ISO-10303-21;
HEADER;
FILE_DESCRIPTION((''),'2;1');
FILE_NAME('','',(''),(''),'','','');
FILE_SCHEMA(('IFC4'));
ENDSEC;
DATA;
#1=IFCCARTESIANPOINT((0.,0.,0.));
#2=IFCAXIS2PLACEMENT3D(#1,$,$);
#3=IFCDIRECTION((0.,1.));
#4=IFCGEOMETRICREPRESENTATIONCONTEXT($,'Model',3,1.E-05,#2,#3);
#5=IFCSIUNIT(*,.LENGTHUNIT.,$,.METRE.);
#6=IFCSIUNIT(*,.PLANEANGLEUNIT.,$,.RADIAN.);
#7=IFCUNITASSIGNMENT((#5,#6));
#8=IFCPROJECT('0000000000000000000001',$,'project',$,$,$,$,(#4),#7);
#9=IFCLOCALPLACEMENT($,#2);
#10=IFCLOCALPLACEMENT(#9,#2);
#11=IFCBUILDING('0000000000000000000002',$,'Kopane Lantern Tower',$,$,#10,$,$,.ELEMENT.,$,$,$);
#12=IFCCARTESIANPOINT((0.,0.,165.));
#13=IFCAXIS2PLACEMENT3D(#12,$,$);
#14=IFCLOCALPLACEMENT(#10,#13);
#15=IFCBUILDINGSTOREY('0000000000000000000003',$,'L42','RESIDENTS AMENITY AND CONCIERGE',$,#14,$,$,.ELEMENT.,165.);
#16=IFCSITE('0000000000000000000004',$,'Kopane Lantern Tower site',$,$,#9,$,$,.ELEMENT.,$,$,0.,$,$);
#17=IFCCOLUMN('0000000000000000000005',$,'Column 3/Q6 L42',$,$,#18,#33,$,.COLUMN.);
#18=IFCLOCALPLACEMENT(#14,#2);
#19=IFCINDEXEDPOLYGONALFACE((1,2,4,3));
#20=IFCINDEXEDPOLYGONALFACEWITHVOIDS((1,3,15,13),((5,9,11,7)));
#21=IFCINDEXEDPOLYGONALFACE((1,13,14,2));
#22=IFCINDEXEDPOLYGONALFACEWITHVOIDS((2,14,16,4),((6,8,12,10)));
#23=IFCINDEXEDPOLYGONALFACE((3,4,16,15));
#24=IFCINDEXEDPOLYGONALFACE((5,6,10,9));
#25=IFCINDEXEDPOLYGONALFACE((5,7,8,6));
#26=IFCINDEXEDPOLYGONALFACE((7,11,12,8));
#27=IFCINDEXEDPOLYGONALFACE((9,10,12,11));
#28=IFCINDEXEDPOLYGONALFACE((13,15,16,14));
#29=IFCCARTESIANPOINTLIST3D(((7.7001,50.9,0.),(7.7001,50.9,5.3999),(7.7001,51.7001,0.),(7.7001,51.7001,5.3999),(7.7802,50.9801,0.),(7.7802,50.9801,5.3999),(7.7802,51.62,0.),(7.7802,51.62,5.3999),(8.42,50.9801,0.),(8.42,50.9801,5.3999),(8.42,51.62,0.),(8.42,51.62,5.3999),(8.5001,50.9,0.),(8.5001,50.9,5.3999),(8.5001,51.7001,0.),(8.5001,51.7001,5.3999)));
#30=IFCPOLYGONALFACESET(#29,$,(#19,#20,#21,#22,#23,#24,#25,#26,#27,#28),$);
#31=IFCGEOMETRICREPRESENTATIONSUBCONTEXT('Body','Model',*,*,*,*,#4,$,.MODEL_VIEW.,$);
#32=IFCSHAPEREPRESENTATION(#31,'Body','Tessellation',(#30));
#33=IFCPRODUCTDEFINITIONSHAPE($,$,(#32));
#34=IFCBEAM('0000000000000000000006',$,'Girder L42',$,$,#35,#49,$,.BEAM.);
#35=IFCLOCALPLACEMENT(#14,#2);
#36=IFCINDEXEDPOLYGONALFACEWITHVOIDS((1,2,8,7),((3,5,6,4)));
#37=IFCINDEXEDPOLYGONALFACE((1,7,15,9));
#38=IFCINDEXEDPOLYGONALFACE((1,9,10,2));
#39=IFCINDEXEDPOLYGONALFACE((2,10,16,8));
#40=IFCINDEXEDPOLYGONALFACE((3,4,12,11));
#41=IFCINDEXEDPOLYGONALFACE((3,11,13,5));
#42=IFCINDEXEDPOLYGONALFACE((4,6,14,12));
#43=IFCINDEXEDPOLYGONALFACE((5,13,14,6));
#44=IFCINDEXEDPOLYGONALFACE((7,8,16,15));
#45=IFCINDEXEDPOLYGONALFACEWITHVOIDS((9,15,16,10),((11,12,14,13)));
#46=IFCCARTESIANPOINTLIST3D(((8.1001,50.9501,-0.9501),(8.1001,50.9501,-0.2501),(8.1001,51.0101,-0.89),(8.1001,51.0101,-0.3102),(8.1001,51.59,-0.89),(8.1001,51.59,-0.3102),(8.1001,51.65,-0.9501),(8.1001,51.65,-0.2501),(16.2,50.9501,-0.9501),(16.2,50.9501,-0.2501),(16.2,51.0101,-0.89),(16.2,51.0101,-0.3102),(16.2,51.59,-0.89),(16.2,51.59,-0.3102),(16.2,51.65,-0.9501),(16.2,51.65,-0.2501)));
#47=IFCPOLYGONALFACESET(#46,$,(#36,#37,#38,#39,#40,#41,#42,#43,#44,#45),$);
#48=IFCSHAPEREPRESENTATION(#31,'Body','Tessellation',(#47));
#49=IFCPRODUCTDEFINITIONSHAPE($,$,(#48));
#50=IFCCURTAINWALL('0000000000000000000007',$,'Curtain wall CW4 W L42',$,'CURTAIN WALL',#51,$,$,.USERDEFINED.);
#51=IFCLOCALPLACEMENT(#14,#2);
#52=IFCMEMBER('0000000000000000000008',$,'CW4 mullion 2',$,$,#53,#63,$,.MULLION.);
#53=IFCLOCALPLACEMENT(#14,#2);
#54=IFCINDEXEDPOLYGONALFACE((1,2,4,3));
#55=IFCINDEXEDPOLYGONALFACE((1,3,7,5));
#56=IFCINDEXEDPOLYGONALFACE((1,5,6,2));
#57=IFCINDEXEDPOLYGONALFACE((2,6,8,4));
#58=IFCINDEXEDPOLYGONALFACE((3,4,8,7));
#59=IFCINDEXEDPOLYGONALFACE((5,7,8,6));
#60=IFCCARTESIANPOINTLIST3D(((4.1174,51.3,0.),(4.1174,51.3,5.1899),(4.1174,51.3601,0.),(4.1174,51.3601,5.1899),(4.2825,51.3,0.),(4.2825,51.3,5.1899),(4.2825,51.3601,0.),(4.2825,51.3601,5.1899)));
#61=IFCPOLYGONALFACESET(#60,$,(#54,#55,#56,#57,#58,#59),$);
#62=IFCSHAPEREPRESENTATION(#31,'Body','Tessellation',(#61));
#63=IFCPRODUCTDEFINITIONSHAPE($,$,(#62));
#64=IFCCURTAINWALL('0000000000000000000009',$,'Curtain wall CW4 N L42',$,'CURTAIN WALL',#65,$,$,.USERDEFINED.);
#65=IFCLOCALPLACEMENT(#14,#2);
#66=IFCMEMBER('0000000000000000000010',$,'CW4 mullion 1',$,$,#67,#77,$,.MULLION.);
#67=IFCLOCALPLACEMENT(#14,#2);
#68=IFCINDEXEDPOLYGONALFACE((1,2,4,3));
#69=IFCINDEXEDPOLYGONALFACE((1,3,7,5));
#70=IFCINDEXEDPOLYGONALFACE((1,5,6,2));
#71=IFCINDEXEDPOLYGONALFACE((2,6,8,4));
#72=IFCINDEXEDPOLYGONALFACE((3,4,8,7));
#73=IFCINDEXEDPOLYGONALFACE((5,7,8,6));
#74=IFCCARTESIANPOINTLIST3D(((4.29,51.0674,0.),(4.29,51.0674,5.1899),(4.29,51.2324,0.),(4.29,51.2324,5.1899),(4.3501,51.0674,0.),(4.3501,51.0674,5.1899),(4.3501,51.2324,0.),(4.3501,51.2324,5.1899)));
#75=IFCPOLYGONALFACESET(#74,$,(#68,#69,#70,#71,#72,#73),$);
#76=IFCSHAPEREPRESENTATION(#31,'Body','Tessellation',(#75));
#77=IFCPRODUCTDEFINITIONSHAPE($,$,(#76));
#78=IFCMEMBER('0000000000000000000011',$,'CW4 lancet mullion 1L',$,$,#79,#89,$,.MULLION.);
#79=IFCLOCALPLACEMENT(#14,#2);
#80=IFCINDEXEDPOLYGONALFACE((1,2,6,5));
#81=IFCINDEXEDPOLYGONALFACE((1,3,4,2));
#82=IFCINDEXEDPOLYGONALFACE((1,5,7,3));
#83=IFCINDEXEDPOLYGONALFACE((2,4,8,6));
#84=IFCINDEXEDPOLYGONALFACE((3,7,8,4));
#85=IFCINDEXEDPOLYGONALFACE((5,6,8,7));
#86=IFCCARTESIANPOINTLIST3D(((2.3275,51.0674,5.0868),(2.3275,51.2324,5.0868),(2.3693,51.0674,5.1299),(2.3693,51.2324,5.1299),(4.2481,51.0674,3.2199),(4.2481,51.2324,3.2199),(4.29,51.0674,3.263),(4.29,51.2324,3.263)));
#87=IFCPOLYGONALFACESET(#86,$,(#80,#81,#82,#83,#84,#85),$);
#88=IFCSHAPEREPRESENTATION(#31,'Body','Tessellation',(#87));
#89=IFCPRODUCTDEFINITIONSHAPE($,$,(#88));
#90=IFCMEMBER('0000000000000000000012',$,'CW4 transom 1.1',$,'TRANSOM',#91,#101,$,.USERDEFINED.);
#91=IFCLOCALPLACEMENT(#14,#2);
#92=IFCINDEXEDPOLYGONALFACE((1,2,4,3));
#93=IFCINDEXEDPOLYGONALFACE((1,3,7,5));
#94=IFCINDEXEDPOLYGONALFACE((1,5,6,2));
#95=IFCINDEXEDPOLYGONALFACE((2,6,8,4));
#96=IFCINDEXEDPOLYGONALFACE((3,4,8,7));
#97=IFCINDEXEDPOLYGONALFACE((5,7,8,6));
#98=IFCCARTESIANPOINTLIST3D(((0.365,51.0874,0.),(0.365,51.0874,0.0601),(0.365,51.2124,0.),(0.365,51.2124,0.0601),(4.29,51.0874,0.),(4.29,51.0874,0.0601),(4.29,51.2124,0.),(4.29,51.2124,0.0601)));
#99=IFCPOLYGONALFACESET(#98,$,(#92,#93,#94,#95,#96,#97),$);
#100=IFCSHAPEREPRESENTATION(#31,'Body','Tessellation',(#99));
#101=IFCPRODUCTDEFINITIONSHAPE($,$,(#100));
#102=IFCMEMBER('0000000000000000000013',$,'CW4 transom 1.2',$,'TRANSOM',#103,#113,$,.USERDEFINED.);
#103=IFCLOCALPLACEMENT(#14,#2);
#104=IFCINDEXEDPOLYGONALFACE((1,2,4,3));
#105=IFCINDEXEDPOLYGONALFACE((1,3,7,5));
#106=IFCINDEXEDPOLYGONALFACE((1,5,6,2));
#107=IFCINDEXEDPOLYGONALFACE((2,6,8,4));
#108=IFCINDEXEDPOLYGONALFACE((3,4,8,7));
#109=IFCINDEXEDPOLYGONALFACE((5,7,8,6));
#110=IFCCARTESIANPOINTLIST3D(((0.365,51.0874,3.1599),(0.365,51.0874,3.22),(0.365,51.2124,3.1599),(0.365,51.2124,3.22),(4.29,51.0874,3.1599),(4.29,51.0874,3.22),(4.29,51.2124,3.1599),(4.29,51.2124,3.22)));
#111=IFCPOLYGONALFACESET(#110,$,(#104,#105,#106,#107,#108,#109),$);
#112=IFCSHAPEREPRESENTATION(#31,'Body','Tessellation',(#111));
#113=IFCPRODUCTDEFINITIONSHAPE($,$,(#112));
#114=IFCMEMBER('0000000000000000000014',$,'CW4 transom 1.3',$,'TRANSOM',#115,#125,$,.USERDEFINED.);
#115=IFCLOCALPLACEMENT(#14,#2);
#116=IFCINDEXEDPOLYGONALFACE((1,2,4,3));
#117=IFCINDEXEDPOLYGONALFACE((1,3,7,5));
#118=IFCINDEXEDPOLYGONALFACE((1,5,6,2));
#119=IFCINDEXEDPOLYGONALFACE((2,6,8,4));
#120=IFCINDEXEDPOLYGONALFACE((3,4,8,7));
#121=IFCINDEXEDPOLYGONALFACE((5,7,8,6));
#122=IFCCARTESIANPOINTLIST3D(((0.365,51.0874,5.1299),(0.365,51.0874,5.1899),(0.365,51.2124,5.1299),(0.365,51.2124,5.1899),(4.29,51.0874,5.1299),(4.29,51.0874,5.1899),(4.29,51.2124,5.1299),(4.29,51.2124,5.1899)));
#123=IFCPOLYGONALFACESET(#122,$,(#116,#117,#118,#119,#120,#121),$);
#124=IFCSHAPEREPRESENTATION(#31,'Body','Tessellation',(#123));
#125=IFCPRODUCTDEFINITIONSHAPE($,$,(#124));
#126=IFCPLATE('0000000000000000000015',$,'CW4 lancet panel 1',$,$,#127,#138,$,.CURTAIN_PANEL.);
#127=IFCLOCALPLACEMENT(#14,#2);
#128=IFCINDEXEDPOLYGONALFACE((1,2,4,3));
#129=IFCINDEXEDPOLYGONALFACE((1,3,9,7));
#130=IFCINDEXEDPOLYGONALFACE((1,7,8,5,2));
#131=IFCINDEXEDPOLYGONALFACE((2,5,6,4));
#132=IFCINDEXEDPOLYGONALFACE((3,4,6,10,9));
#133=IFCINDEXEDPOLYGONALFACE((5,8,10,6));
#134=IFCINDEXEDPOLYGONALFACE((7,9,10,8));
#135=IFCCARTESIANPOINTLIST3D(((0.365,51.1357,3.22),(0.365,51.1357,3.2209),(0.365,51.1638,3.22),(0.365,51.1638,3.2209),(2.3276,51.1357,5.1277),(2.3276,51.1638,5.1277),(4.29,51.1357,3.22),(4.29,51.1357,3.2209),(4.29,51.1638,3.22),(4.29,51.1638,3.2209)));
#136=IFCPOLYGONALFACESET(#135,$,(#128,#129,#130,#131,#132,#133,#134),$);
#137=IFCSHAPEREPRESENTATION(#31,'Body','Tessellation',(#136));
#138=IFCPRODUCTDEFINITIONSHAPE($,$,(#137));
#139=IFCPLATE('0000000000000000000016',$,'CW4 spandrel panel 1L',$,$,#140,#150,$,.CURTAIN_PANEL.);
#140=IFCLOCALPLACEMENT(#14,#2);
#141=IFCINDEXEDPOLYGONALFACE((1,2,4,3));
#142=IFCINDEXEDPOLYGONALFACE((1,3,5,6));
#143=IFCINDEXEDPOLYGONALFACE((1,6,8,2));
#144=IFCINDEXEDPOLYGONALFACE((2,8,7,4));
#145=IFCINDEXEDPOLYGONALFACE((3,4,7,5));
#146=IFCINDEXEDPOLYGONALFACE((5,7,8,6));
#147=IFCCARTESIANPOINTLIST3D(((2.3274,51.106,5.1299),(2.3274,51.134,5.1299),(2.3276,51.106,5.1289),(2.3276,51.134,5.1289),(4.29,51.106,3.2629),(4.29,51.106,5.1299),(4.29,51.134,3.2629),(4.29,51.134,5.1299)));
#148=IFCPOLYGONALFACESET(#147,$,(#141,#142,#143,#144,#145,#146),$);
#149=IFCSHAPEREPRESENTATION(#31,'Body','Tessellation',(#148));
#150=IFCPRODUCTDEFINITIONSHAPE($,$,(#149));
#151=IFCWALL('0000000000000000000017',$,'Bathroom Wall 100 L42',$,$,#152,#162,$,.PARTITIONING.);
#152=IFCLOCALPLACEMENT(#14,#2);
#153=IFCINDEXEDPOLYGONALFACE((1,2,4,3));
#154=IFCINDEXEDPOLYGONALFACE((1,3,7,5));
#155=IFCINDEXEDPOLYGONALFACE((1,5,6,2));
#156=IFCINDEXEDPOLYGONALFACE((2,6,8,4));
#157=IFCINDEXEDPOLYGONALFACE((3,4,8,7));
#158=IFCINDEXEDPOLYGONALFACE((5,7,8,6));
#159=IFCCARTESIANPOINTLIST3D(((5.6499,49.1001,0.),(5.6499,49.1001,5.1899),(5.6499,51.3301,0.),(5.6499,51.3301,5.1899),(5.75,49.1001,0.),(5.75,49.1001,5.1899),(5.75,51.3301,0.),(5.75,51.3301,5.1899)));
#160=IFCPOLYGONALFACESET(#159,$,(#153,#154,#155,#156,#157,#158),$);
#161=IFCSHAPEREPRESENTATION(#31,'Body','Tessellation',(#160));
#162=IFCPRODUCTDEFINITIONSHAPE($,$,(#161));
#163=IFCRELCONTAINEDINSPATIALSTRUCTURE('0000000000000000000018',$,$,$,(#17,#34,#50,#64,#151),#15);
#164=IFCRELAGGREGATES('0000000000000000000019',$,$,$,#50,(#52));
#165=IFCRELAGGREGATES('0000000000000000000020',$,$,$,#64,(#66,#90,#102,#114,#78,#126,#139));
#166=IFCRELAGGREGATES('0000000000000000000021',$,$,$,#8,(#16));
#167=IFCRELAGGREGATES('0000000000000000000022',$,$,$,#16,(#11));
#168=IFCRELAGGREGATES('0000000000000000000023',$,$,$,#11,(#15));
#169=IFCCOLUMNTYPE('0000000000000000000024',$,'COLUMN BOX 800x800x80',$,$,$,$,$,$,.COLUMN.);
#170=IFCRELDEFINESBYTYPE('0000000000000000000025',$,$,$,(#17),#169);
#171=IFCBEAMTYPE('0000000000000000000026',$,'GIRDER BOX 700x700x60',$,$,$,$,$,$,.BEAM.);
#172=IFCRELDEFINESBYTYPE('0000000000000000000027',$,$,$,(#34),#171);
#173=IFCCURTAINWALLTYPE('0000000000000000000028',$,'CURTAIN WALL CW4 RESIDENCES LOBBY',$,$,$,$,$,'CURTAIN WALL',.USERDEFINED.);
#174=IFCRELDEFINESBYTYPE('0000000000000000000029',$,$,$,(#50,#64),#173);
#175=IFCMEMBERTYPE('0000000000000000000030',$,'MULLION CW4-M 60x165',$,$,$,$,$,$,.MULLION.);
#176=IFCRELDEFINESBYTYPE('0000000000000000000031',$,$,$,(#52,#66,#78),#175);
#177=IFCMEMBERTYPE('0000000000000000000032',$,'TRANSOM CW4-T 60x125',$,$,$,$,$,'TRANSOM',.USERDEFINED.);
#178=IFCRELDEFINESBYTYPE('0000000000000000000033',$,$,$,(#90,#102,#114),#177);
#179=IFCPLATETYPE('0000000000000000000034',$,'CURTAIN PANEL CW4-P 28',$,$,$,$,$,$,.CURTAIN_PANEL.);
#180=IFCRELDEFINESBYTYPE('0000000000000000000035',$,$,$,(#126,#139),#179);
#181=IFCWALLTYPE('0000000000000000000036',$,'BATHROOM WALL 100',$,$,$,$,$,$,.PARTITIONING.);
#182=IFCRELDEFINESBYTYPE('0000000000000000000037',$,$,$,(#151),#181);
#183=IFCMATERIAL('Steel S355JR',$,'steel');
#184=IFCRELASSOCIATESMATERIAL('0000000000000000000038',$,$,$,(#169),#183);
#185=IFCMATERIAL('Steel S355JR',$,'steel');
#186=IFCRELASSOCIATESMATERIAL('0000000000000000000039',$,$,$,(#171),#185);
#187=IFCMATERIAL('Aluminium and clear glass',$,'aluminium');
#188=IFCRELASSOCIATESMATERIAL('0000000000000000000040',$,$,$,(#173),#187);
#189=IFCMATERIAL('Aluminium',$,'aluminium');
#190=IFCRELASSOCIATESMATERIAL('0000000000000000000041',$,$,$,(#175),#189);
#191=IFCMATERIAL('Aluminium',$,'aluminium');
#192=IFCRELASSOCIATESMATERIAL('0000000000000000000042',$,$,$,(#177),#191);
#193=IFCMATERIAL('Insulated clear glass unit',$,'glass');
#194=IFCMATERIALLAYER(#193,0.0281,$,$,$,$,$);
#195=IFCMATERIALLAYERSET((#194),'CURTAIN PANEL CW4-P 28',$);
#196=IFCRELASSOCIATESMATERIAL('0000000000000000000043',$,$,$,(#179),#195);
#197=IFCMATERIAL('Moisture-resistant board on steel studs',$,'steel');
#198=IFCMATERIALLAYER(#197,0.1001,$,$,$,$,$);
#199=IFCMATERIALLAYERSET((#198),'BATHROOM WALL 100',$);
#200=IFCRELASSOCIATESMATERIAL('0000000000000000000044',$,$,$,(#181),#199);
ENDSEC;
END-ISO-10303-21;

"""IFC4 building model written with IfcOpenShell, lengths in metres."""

from ifc_helpers import new_model, si_unit, direction, frame, frame_2d, origin, origin_2d, place, context, subcontext, project, spatial, polyline, rectangle, hollow_rectangle, outline, extrude, material, layer, layer_set, material_profile, profile_set, type_object, element, aggregate, save


model = new_model("IFC4")

# Units and contexts
model_context = context("Model", 3, precision=1e-05, world=origin(), true_north=direction((0.0, 1.0)))
body_context = subcontext(model_context, "Body", "Model", "MODEL_VIEW")
ifc_project = project(units=[si_unit("LENGTHUNIT", "METRE"), si_unit("PLANEANGLEUNIT", "RADIAN")], contexts=[model_context])

# Site, building, storey
site_placement = place(None, origin())
site = spatial("IfcSite", under=ifc_project, at=site_placement, Name="Kopane Lantern Tower site", CompositionType="ELEMENT", RefElevation=0.0)
building_placement = place(site_placement, origin())
building = spatial("IfcBuilding", under=site, at=building_placement, Name="Kopane Lantern Tower", CompositionType="ELEMENT")
storey_placement = place(building_placement, frame((0.0, 0.0, 165.0)))
storey = spatial("IfcBuildingStorey", under=building, at=storey_placement, Name="L42", Description="RESIDENTS AMENITY AND CONCIERGE", CompositionType="ELEMENT", Elevation=165.0)

# Column
ifc_material_1 = material(Name="Steel S355JR", Category="steel")
ifc_material_profile_1 = material_profile(ifc_material_1, hollow_rectangle(XDim=0.8, YDim=0.8, WallThickness=0.0801, at=origin_2d()), Name="BOX 800x800x80")
ifc_profile_set_1 = profile_set([ifc_material_profile_1], Name="Steel S355JR")
column_type = type_object("IfcColumnType", Name="COLUMN BOX 800x800x80", PredefinedType="COLUMN", material=ifc_profile_set_1)
column_placement = place(storey_placement, frame((8.1001, 51.3, 0.0), z_axis=(0.0, 0.0, 1.0), x_axis=(1.0, 0.0, 0.0)))
element("IfcColumn", 1, at=column_placement, inside=storey, type_object=column_type, Name="Column 3/Q6 L42", PredefinedType="COLUMN", context=body_context, shape_type="SweptSolid", body=[
    extrude(hollow_rectangle(XDim=0.8, YDim=0.8, WallThickness=0.0801, at=origin_2d()), origin(), (0.0, 0.0, 1.0), 5.3999),
])

# Beam
ifc_material_2 = material(Name="Steel S355JR", Category="steel")
ifc_material_profile_2 = material_profile(ifc_material_2, hollow_rectangle(XDim=0.7, YDim=0.7, WallThickness=0.0601, at=origin_2d()), Name="BOX 700x700x60")
ifc_profile_set_2 = profile_set([ifc_material_profile_2], Name="Steel S355JR")
beam_type = type_object("IfcBeamType", Name="GIRDER BOX 700x700x60", PredefinedType="BEAM", material=ifc_profile_set_2)
beam_placement = place(storey_placement, frame((8.1001, 51.3, -0.6001), z_axis=(1.0, 0.0, 0.0), x_axis=(0.0, 1.0, 0.0)))
element("IfcBeam", 2, at=beam_placement, inside=storey, type_object=beam_type, Name="Girder L42", PredefinedType="BEAM", context=body_context, shape_type="SweptSolid", body=[
    extrude(hollow_rectangle(XDim=0.7, YDim=0.7, WallThickness=0.0601, at=origin_2d()), origin(), (0.0, 0.0, 1.0), 8.0999),
])

# Curtain wall, member
ifc_material_3 = material(Name="Aluminium and clear glass", Category="aluminium")
curtain_wall_type = type_object("IfcCurtainWallType", Name="CURTAIN WALL CW4 RESIDENCES LOBBY", ElementType="CURTAIN WALL", PredefinedType="USERDEFINED", material=ifc_material_3)
curtain_wall_1_placement = place(storey_placement, origin())
curtain_wall_1 = element("IfcCurtainWall", 3, at=curtain_wall_1_placement, inside=storey, type_object=curtain_wall_type, Name="Curtain wall CW4 W L42", ObjectType="CURTAIN WALL", PredefinedType="USERDEFINED")
ifc_material_4 = material(Name="Aluminium", Category="aluminium")
ifc_material_profile_3 = material_profile(ifc_material_4, rectangle(XDim=0.0601, YDim=0.165, at=origin_2d()), Name="AL 60x165")
ifc_profile_set_3 = profile_set([ifc_material_profile_3], Name="Aluminium")
member_type_1 = type_object("IfcMemberType", Name="MULLION CW4-M 60x165", PredefinedType="MULLION", material=ifc_profile_set_3)
member_1_placement = place(storey_placement, frame((4.2, 51.3301, 0.0), z_axis=(0.0, 0.0, 1.0), x_axis=(0.0, -1.0, 0.0)))
member_1 = element("IfcMember", 4, at=member_1_placement, type_object=member_type_1, Name="CW4 mullion 2", PredefinedType="MULLION", context=body_context, shape_type="SweptSolid", body=[
    extrude(rectangle(XDim=0.0601, YDim=0.165, at=origin_2d()), origin(), (0.0, 0.0, 1.0), 5.1899),
])
aggregate(curtain_wall_1, [member_1])

# Curtain wall, members, plates
curtain_wall_2_placement = place(storey_placement, origin())
curtain_wall_2 = element("IfcCurtainWall", 5, at=curtain_wall_2_placement, inside=storey, type_object=curtain_wall_type, Name="Curtain wall CW4 N L42", ObjectType="CURTAIN WALL", PredefinedType="USERDEFINED")
member_2_placement = place(storey_placement, frame((4.3201, 51.1499, 0.0), z_axis=(0.0, 0.0, 1.0), x_axis=(-1.0, 0.0, 0.0)))
member_2 = element("IfcMember", 6, at=member_2_placement, type_object=member_type_1, Name="CW4 mullion 1", PredefinedType="MULLION", context=body_context, shape_type="SweptSolid", body=[
    extrude(rectangle(XDim=0.0601, YDim=0.165, at=origin_2d()), origin(), (0.0, 0.0, 1.0), 5.1899),
])
member_3_placement = place(storey_placement, frame((4.269, 51.1499, 3.2415), z_axis=(-0.717062, 0.0, 0.697009), x_axis=(0.697009, 0.0, 0.717062)))
member_3 = element("IfcMember", 7, at=member_3_placement, type_object=member_type_1, Name="CW4 lancet mullion 1L", PredefinedType="MULLION", context=body_context, shape_type="SweptSolid", body=[
    extrude(rectangle(XDim=0.0601, YDim=0.165, at=origin_2d()), origin(), (0.0, 0.0, 1.0), 2.6785),
])
ifc_material_5 = material(Name="Aluminium", Category="aluminium")
ifc_material_profile_4 = material_profile(ifc_material_5, rectangle(XDim=0.125, YDim=0.0601, at=origin_2d()), Name="AL 125x60")
ifc_profile_set_4 = profile_set([ifc_material_profile_4], Name="Aluminium")
member_type_2 = type_object("IfcMemberType", Name="TRANSOM CW4-T 60x125", ElementType="TRANSOM", PredefinedType="USERDEFINED", material=ifc_profile_set_4)
member_4_placement = place(storey_placement, frame((4.29, 51.1499, 0.03), z_axis=(-1.0, 0.0, 0.0), x_axis=(0.0, -1.0, 0.0)))
member_4 = element("IfcMember", 8, at=member_4_placement, type_object=member_type_2, Name="CW4 transom 1.1", ObjectType="TRANSOM", PredefinedType="USERDEFINED", context=body_context, shape_type="SweptSolid", body=[
    extrude(rectangle(XDim=0.125, YDim=0.0601, at=origin_2d()), origin(), (0.0, 0.0, 1.0), 3.925),
])
member_5_placement = place(storey_placement, frame((4.29, 51.1499, 3.1899), z_axis=(-1.0, 0.0, 0.0), x_axis=(0.0, -1.0, 0.0)))
member_5 = element("IfcMember", 9, at=member_5_placement, type_object=member_type_2, Name="CW4 transom 1.2", ObjectType="TRANSOM", PredefinedType="USERDEFINED", context=body_context, shape_type="SweptSolid", body=[
    extrude(rectangle(XDim=0.125, YDim=0.0601, at=origin_2d()), origin(), (0.0, 0.0, 1.0), 3.925),
])
member_6_placement = place(storey_placement, frame((4.29, 51.1499, 5.1599), z_axis=(-1.0, 0.0, 0.0), x_axis=(0.0, -1.0, 0.0)))
member_6 = element("IfcMember", 10, at=member_6_placement, type_object=member_type_2, Name="CW4 transom 1.3", ObjectType="TRANSOM", PredefinedType="USERDEFINED", context=body_context, shape_type="SweptSolid", body=[
    extrude(rectangle(XDim=0.125, YDim=0.0601, at=origin_2d()), origin(), (0.0, 0.0, 1.0), 3.925),
])
ifc_material_6 = material(Name="Insulated clear glass unit", Category="glass")
ifc_layer_1 = layer(ifc_material_6, 0.0281)
ifc_layer_set_1 = layer_set([ifc_layer_1], Name="CURTAIN PANEL CW4-P 28")
plate_type = type_object("IfcPlateType", Name="CURTAIN PANEL CW4-P 28", PredefinedType="CURTAIN_PANEL", material=ifc_layer_set_1)
plate_1_placement = place(storey_placement, frame((4.29, 51.1499, 3.22), z_axis=(0.0, 0.0, 1.0), x_axis=(-1.0, 0.0, 0.0)))
plate_1 = element("IfcPlate", 11, at=plate_1_placement, type_object=plate_type, Name="CW4 lancet panel 1", PredefinedType="CURTAIN_PANEL", context=body_context, shape_type="SweptSolid", body=[
    extrude(outline(polyline([(0.0, 0.0), (3.925, 0.0), (3.925, 0.001), (1.9624, 1.9077), (0.0, 0.001), (0.0, 0.0)])), frame((0.0, 0.0142, 0.0), z_axis=(0.0, -1.0, 0.0), x_axis=(1.0, 0.0, 0.0)), (0.0, 0.0, 1.0), 0.0281),
])
plate_2_placement = place(storey_placement, frame((4.29, 51.1201, 5.1299), z_axis=(0.0, 0.0, 1.0), x_axis=(-1.0, 0.0, 0.0)))
plate_2 = element("IfcPlate", 12, at=plate_2_placement, type_object=plate_type, Name="CW4 spandrel panel 1L", PredefinedType="CURTAIN_PANEL", context=body_context, shape_type="SweptSolid", body=[
    extrude(outline(polyline([(0.0, 0.0), (1.9626, 0.0), (1.9624, -0.001), (0.0, -1.8669), (0.0, 0.0)])), frame((0.0, 0.0142, 0.0), z_axis=(0.0, -1.0, 0.0), x_axis=(1.0, 0.0, 0.0)), (0.0, 0.0, 1.0), 0.0281),
])
aggregate(curtain_wall_2, [member_2, member_4, member_5, member_6, member_3, plate_1, plate_2])

# Wall
ifc_material_7 = material(Name="Moisture-resistant board on steel studs", Category="steel")
ifc_layer_2 = layer(ifc_material_7, 0.1001)
ifc_layer_set_2 = layer_set([ifc_layer_2], Name="BATHROOM WALL 100")
wall_type_1 = type_object("IfcWallType", Name="BATHROOM WALL 100", PredefinedType="PARTITIONING", material=ifc_layer_set_2)
wall_1_placement = place(storey_placement, frame((5.7, 49.1001, 0.0), z_axis=(0.0, 0.0, 1.0), x_axis=(0.0, 1.0, 0.0)))
element("IfcWall", 13, at=wall_1_placement, inside=storey, type_object=wall_type_1, Name="Bathroom Wall 100 L42", PredefinedType="PARTITIONING", context=body_context, shape_type="SweptSolid", body=[
    extrude(rectangle(XDim=2.23, YDim=0.1001, at=frame_2d((1.115, 0.0))), origin(), (0.0, 0.0, 1.0), 5.1899),
])

save(model, "model.ifc")
